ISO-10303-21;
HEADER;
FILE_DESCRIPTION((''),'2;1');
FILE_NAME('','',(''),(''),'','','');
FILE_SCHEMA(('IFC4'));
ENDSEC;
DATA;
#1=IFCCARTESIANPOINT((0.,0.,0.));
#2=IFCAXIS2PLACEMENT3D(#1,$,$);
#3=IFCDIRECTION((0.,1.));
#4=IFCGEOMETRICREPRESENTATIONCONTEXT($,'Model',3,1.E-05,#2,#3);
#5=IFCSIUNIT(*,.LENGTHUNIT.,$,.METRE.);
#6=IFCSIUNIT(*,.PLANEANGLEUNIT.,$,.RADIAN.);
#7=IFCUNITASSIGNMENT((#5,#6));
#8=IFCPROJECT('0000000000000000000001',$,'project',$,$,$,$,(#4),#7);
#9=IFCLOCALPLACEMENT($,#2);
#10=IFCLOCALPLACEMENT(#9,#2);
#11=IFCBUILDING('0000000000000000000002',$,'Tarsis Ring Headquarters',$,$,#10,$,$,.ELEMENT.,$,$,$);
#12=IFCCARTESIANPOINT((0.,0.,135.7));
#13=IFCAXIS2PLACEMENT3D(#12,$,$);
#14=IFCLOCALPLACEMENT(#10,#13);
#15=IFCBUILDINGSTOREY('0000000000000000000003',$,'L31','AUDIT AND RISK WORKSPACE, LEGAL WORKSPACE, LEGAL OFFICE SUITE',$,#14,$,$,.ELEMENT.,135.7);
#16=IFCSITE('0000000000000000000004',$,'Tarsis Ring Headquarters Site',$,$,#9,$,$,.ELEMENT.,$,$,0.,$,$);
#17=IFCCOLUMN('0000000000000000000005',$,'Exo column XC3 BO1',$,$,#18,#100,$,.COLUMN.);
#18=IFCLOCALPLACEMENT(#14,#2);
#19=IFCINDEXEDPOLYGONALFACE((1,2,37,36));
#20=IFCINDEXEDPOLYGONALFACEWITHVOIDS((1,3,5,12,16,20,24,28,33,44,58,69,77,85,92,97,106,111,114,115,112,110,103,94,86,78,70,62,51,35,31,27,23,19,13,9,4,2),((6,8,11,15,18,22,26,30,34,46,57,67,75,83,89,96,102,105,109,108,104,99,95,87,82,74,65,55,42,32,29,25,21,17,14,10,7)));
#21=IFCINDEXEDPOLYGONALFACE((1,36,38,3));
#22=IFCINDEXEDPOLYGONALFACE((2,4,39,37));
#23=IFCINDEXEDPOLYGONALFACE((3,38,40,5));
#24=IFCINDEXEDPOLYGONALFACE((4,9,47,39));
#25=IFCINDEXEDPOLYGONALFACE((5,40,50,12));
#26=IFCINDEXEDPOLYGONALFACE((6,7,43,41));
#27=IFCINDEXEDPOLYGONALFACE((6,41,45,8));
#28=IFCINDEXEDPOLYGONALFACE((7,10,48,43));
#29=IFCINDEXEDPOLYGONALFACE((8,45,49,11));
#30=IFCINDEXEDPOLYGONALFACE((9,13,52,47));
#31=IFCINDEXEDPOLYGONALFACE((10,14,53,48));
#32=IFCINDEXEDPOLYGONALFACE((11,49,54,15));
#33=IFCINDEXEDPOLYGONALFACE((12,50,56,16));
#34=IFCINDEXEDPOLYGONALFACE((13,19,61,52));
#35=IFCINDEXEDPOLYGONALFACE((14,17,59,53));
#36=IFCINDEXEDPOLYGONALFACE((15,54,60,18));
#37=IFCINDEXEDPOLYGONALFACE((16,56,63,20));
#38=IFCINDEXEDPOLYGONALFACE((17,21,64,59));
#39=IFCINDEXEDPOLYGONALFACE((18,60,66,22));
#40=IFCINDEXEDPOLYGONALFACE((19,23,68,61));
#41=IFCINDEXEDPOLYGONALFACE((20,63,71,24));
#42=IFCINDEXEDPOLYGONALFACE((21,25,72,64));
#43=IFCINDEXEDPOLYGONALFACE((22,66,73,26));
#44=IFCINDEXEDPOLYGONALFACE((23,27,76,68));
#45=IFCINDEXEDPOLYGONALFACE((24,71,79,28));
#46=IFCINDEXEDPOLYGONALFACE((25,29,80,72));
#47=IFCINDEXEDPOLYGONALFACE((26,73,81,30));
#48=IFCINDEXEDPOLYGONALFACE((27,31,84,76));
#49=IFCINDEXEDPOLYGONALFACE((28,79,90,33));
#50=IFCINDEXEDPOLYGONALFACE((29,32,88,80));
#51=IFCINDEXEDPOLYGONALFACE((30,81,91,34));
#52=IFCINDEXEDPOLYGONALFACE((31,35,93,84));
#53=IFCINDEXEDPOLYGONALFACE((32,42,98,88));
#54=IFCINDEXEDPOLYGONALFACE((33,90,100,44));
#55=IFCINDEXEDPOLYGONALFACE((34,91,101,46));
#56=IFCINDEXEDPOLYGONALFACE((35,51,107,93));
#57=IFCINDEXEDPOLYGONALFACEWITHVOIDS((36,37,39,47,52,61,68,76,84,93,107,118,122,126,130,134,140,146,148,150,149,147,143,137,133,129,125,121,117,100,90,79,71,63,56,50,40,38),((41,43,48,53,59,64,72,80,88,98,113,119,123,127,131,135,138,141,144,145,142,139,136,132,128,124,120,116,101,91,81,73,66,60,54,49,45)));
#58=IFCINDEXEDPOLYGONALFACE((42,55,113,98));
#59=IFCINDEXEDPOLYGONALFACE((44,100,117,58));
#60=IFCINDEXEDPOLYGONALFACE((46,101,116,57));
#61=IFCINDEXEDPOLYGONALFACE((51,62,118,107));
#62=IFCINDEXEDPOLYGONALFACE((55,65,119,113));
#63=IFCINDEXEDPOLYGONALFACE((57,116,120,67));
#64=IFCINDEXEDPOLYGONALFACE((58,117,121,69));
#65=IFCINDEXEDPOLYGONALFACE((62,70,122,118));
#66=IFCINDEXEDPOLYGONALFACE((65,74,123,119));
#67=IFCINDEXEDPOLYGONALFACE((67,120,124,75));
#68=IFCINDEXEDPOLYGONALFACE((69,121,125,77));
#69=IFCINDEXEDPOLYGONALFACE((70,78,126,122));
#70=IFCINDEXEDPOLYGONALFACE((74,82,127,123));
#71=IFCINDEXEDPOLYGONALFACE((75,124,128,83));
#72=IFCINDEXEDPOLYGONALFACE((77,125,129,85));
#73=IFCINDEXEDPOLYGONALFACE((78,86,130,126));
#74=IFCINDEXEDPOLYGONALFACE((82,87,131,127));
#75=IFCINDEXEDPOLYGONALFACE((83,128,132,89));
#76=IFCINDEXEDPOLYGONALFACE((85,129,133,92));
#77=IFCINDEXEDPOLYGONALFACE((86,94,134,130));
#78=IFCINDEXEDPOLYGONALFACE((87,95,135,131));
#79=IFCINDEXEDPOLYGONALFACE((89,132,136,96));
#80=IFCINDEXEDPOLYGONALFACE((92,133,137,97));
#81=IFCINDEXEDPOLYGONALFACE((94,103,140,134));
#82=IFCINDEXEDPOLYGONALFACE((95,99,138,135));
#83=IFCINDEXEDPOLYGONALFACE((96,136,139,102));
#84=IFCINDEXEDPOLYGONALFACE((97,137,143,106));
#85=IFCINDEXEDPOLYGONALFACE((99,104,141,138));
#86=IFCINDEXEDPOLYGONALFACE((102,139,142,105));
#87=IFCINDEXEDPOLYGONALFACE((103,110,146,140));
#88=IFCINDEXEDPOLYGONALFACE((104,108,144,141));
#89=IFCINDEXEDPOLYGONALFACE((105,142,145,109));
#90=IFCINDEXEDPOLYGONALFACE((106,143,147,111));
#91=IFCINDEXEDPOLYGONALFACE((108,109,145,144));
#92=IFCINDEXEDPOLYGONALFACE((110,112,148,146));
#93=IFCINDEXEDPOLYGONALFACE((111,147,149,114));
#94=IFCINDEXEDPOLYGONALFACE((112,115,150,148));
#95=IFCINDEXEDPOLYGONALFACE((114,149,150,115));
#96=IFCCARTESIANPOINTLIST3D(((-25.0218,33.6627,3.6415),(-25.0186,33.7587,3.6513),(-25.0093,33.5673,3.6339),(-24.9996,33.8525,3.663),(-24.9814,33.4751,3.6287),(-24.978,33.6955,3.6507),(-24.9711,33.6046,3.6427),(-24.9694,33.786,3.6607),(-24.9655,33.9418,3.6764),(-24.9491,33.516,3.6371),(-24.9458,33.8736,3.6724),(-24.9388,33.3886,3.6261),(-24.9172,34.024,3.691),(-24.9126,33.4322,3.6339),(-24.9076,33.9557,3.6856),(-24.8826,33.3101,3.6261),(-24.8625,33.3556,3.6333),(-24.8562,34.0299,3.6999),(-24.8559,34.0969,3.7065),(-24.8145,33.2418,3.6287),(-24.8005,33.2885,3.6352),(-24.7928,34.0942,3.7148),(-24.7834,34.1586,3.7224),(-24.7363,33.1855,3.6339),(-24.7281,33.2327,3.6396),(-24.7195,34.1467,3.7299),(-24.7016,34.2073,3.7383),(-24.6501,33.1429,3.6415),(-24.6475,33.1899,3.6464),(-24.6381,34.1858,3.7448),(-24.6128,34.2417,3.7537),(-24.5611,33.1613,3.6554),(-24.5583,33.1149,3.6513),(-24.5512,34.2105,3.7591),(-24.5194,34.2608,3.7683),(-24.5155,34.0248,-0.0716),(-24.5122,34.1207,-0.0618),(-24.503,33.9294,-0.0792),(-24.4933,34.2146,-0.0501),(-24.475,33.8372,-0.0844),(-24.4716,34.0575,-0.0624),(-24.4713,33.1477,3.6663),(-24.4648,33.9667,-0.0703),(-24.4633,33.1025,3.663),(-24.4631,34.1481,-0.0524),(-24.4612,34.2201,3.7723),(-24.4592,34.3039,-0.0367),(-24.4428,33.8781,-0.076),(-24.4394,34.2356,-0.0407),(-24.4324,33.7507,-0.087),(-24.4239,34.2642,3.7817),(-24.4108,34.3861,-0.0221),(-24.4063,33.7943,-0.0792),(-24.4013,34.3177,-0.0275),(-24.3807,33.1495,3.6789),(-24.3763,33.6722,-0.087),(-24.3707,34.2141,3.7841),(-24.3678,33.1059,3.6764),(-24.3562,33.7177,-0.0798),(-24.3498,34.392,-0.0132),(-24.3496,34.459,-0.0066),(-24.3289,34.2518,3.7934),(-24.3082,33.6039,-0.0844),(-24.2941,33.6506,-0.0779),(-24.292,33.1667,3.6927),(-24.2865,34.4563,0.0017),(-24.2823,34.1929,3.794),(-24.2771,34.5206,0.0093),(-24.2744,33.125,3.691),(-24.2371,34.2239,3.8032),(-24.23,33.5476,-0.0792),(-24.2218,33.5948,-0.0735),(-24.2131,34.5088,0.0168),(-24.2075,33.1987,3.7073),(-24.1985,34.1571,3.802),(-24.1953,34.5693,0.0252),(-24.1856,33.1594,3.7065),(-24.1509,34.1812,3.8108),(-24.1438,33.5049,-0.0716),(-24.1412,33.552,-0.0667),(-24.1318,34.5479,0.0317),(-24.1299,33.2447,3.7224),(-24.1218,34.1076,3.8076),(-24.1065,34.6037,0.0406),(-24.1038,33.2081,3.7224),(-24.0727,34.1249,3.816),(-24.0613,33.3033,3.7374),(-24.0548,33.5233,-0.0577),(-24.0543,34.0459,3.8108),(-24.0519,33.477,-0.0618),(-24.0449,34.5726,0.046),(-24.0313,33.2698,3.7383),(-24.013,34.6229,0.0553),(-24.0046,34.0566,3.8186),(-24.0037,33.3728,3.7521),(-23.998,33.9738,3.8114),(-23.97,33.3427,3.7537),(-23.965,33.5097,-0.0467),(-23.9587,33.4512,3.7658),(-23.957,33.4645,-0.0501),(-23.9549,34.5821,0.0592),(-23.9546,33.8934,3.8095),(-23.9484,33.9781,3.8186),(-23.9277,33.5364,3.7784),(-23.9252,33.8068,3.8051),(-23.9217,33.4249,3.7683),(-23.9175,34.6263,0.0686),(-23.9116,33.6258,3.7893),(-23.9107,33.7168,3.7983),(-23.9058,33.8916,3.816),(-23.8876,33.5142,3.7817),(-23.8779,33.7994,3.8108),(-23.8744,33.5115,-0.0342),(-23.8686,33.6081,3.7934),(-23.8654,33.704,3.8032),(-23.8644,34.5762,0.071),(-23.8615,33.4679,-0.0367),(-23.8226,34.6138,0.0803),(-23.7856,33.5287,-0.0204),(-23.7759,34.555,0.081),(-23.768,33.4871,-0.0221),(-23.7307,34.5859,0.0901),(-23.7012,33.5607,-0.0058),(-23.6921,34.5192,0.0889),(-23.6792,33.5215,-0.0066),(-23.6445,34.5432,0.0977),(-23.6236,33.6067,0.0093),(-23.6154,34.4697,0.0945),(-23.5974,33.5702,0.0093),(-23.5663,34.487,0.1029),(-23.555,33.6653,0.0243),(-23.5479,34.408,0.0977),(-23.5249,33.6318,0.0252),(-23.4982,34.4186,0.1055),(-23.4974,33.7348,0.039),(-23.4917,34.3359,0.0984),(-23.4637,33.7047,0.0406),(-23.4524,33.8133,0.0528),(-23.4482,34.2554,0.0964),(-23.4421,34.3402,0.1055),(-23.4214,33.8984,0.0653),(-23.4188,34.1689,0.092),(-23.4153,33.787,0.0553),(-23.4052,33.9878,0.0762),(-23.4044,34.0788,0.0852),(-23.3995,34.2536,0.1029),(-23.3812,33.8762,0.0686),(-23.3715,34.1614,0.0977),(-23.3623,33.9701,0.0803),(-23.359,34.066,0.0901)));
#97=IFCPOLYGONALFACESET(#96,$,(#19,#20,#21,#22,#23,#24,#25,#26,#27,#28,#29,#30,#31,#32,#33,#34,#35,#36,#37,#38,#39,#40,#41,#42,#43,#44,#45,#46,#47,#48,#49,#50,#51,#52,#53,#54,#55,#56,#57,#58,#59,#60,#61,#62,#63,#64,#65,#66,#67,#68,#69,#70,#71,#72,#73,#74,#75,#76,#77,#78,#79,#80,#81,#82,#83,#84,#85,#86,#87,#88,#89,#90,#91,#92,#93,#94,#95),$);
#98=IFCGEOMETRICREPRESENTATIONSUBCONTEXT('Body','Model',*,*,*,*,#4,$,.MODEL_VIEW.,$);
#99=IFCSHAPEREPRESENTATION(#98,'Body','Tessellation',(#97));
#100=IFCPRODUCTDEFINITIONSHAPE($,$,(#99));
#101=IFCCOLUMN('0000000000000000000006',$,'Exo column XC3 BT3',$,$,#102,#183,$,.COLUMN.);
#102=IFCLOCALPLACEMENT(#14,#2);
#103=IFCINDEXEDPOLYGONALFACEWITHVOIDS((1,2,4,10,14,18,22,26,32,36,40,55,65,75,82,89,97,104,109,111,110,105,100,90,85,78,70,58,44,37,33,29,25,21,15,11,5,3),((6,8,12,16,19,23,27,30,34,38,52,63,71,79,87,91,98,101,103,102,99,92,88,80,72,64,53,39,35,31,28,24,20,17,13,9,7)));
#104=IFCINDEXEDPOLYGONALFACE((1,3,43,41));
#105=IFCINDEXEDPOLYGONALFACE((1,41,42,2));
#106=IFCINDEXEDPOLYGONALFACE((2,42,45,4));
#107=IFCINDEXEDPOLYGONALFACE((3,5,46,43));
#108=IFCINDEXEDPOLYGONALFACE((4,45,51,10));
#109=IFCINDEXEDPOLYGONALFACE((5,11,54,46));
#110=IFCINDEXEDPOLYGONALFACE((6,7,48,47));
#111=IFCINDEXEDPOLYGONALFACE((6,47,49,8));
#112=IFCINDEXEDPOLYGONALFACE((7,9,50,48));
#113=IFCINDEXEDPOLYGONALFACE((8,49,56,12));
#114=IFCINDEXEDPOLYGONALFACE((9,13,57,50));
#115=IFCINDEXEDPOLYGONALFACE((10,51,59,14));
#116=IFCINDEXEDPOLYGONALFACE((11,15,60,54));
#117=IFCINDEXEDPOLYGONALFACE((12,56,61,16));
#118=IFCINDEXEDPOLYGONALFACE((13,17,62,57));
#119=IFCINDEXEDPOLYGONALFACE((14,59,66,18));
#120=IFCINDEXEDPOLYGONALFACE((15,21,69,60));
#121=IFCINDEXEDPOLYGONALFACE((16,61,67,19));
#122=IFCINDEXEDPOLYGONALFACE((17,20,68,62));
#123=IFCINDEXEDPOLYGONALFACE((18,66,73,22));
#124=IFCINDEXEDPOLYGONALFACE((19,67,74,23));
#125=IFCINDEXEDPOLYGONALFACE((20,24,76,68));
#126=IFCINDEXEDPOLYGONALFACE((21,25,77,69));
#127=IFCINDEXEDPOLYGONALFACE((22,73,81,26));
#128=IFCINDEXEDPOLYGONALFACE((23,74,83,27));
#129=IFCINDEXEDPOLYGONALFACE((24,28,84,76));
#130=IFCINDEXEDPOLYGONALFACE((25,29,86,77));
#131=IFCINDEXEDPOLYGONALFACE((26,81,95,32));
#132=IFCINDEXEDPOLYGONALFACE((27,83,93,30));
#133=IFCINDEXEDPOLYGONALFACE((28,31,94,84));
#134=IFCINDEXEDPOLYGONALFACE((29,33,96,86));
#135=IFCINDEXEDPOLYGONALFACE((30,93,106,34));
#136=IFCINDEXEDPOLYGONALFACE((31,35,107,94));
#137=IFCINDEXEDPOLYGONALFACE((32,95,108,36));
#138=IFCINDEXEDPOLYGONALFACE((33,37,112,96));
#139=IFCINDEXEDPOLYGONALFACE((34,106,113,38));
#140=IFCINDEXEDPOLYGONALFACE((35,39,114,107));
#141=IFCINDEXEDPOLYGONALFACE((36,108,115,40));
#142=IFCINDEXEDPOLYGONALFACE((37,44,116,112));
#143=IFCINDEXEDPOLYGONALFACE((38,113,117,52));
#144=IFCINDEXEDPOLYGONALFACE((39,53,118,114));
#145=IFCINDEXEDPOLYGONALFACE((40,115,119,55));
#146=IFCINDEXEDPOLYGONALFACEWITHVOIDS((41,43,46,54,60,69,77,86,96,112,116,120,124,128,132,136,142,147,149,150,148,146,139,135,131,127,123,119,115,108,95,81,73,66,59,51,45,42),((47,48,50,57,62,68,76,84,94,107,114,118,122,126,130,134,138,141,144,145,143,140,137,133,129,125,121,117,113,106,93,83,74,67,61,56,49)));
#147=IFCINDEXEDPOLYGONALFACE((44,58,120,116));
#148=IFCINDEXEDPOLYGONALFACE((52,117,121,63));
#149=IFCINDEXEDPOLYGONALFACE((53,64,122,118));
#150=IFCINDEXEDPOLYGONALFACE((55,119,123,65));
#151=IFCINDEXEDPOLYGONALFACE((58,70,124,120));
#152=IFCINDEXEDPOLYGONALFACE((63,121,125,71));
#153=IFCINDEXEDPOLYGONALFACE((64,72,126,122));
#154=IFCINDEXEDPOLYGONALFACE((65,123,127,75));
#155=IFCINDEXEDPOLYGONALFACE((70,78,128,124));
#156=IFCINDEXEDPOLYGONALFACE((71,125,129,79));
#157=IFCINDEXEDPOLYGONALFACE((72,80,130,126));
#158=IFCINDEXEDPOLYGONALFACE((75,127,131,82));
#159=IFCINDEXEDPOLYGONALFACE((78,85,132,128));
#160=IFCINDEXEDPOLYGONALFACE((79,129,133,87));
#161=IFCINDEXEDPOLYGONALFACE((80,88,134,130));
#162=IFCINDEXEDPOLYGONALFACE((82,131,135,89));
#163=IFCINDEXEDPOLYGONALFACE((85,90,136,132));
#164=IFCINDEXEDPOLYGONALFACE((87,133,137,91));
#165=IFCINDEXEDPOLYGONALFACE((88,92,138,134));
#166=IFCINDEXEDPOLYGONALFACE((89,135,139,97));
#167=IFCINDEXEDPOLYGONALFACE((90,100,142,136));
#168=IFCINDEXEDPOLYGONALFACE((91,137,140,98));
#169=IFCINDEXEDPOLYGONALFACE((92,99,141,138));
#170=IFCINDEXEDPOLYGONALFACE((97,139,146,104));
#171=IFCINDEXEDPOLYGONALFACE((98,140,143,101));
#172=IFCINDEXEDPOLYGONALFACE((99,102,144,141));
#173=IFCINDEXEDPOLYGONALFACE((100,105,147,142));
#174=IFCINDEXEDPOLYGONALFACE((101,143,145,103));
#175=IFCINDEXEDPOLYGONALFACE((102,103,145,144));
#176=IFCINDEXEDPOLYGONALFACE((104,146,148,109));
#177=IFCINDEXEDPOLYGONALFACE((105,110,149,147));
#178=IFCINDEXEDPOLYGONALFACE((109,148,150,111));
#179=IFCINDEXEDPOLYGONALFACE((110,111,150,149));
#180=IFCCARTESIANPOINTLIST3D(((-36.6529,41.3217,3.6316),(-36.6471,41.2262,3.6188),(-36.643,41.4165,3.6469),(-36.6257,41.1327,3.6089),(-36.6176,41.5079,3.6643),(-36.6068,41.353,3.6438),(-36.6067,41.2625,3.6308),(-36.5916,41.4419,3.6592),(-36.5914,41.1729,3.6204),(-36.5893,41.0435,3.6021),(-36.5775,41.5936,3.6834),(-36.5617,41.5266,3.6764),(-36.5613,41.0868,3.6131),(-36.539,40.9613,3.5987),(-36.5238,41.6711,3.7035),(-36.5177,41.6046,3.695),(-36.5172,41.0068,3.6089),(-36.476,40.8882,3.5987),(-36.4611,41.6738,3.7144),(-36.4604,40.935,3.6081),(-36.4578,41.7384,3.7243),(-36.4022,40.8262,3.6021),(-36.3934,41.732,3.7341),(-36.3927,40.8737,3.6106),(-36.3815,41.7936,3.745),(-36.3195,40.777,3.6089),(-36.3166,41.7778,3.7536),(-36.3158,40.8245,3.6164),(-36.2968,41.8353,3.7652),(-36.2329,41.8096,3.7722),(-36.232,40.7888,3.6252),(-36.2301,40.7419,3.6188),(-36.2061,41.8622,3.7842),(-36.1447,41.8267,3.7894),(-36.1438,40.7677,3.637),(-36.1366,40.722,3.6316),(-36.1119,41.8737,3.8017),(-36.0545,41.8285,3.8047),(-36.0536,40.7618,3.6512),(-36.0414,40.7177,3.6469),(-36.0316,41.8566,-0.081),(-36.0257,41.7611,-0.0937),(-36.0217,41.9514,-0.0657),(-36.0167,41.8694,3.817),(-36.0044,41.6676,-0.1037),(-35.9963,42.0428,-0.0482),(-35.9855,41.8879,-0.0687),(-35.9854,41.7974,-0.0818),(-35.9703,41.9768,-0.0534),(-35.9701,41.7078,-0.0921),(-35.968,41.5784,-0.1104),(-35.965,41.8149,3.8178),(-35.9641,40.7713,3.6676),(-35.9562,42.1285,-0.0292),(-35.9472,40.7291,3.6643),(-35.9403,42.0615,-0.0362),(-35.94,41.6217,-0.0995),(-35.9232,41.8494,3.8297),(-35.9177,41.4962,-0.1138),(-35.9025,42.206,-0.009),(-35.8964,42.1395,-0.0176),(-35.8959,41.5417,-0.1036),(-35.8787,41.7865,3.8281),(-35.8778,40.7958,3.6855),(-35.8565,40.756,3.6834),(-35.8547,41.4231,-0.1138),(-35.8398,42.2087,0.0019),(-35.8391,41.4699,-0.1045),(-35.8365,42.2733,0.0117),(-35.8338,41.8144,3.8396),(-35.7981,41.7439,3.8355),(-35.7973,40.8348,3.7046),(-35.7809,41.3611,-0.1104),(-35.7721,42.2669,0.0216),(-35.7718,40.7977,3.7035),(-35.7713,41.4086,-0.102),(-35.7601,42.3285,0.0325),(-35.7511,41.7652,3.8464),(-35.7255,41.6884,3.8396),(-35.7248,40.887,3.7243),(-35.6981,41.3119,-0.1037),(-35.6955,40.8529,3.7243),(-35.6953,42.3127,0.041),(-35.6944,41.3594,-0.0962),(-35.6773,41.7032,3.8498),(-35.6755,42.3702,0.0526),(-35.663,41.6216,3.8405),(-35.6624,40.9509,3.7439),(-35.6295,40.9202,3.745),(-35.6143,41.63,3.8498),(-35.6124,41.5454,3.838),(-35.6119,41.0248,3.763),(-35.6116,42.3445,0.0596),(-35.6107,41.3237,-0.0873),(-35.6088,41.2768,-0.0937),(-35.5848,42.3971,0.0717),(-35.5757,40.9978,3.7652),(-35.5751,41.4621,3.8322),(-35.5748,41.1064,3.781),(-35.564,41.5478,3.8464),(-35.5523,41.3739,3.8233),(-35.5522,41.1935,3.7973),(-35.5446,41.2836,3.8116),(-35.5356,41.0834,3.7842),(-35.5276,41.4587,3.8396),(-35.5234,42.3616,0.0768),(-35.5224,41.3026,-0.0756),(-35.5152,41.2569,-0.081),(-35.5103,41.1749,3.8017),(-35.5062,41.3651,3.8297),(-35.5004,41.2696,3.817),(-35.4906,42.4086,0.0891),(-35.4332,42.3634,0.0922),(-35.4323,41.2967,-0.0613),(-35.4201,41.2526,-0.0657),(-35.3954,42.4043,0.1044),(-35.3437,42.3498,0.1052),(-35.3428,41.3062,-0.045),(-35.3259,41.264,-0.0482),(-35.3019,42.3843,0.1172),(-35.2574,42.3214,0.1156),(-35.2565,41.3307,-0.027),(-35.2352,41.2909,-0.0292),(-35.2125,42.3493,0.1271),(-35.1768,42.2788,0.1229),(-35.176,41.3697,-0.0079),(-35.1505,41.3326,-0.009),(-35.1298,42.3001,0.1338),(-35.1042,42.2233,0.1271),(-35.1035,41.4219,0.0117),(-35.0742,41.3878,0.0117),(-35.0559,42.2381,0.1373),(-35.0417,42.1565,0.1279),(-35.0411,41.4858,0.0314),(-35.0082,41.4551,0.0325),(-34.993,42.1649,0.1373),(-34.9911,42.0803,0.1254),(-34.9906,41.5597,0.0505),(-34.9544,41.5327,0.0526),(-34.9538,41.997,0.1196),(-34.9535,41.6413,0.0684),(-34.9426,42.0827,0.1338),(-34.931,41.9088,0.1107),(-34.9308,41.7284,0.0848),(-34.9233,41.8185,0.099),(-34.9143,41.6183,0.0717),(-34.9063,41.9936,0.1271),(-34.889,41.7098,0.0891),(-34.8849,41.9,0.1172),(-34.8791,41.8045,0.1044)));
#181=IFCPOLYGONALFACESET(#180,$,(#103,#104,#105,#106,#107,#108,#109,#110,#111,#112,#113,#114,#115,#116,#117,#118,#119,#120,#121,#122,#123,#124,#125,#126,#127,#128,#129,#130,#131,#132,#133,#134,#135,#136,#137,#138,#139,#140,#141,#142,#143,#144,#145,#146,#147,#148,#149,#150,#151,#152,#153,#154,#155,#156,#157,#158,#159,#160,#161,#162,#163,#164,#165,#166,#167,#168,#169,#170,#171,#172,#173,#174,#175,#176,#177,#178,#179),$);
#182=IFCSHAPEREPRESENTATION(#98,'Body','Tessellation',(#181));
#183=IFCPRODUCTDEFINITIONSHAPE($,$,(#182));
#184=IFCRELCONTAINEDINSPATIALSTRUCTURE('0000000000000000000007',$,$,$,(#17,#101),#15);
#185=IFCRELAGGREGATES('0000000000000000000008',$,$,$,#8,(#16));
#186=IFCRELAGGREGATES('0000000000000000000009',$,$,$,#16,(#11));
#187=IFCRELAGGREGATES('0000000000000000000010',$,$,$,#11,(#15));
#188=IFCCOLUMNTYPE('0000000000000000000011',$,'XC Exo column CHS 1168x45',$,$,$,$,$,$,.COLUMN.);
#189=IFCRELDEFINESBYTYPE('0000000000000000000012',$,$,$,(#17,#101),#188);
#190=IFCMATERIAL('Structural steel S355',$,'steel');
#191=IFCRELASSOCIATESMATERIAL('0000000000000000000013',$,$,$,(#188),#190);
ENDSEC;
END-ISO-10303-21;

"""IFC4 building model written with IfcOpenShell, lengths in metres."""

from ifc_helpers import new_model, si_unit, direction, frame, origin, origin_2d, place, context, subcontext, project, spatial, hollow_circle, extrude, material, material_profile, profile_set, type_object, element, save


model = new_model("IFC4")

# Units and contexts
model_context = context("Model", 3, precision=1e-05, world=origin(), true_north=direction((0.0, 1.0)))
body_context = subcontext(model_context, "Body", "Model", "MODEL_VIEW")
ifc_project = project(units=[si_unit("LENGTHUNIT", "METRE"), si_unit("PLANEANGLEUNIT", "RADIAN")], contexts=[model_context])

# Site, building, storey
site_placement = place(None, origin())
site = spatial("IfcSite", under=ifc_project, at=site_placement, Name="Tarsis Ring Headquarters Site", CompositionType="ELEMENT", RefElevation=0.0)
building_placement = place(site_placement, origin())
building = spatial("IfcBuilding", under=site, at=building_placement, Name="Tarsis Ring Headquarters", CompositionType="ELEMENT")
storey_placement = place(building_placement, frame((0.0, 0.0, 135.7)))
storey = spatial("IfcBuildingStorey", under=building, at=storey_placement, Name="L31", Description="AUDIT AND RISK WORKSPACE, LEGAL WORKSPACE, LEGAL OFFICE SUITE", CompositionType="ELEMENT", Elevation=135.7)

# Columns
ifc_material_1 = material(Name="Structural steel S355", Category="steel")
ifc_material_profile_1 = material_profile(ifc_material_1, hollow_circle(Radius=0.5842, WallThickness=0.0449, at=origin_2d()), Name="CHS 1168x45")
ifc_profile_set_1 = profile_set([ifc_material_profile_1], Name="Structural steel S355")
column_type = type_object("IfcColumnType", Name="XC Exo column CHS 1168x45", PredefinedType="COLUMN", material=ifc_profile_set_1)
column_1_placement = place(storey_placement, frame((-23.9373, 34.0454, 0.0093), z_axis=(-0.13449, -0.096166, 0.986238), x_axis=(0.581646, -0.813442, 0.0)))
element("IfcColumn", 1, at=column_1_placement, inside=storey, type_object=column_type, Name="Exo column XC3 BO1", PredefinedType="COLUMN", context=body_context, shape_type="SweptSolid", body=[
    extrude(hollow_circle(Radius=0.5842, WallThickness=0.0449, at=origin_2d()), origin(), (0.0, 0.0, 1.0), 3.7649),
])
column_2_placement = place(storey_placement, frame((-35.4553, 41.8306, 0.0117), z_axis=(-0.16342, -0.140689, 0.976474), x_axis=(0.652433, -0.757847, 0.0)))
element("IfcColumn", 2, at=column_2_placement, inside=storey, type_object=column_type, Name="Exo column XC3 BT3", PredefinedType="COLUMN", context=body_context, shape_type="SweptSolid", body=[
    extrude(hollow_circle(Radius=0.5842, WallThickness=0.0449, at=origin_2d()), origin(), (0.0, 0.0, 1.0), 3.802),
])

save(model, "model.ifc")
